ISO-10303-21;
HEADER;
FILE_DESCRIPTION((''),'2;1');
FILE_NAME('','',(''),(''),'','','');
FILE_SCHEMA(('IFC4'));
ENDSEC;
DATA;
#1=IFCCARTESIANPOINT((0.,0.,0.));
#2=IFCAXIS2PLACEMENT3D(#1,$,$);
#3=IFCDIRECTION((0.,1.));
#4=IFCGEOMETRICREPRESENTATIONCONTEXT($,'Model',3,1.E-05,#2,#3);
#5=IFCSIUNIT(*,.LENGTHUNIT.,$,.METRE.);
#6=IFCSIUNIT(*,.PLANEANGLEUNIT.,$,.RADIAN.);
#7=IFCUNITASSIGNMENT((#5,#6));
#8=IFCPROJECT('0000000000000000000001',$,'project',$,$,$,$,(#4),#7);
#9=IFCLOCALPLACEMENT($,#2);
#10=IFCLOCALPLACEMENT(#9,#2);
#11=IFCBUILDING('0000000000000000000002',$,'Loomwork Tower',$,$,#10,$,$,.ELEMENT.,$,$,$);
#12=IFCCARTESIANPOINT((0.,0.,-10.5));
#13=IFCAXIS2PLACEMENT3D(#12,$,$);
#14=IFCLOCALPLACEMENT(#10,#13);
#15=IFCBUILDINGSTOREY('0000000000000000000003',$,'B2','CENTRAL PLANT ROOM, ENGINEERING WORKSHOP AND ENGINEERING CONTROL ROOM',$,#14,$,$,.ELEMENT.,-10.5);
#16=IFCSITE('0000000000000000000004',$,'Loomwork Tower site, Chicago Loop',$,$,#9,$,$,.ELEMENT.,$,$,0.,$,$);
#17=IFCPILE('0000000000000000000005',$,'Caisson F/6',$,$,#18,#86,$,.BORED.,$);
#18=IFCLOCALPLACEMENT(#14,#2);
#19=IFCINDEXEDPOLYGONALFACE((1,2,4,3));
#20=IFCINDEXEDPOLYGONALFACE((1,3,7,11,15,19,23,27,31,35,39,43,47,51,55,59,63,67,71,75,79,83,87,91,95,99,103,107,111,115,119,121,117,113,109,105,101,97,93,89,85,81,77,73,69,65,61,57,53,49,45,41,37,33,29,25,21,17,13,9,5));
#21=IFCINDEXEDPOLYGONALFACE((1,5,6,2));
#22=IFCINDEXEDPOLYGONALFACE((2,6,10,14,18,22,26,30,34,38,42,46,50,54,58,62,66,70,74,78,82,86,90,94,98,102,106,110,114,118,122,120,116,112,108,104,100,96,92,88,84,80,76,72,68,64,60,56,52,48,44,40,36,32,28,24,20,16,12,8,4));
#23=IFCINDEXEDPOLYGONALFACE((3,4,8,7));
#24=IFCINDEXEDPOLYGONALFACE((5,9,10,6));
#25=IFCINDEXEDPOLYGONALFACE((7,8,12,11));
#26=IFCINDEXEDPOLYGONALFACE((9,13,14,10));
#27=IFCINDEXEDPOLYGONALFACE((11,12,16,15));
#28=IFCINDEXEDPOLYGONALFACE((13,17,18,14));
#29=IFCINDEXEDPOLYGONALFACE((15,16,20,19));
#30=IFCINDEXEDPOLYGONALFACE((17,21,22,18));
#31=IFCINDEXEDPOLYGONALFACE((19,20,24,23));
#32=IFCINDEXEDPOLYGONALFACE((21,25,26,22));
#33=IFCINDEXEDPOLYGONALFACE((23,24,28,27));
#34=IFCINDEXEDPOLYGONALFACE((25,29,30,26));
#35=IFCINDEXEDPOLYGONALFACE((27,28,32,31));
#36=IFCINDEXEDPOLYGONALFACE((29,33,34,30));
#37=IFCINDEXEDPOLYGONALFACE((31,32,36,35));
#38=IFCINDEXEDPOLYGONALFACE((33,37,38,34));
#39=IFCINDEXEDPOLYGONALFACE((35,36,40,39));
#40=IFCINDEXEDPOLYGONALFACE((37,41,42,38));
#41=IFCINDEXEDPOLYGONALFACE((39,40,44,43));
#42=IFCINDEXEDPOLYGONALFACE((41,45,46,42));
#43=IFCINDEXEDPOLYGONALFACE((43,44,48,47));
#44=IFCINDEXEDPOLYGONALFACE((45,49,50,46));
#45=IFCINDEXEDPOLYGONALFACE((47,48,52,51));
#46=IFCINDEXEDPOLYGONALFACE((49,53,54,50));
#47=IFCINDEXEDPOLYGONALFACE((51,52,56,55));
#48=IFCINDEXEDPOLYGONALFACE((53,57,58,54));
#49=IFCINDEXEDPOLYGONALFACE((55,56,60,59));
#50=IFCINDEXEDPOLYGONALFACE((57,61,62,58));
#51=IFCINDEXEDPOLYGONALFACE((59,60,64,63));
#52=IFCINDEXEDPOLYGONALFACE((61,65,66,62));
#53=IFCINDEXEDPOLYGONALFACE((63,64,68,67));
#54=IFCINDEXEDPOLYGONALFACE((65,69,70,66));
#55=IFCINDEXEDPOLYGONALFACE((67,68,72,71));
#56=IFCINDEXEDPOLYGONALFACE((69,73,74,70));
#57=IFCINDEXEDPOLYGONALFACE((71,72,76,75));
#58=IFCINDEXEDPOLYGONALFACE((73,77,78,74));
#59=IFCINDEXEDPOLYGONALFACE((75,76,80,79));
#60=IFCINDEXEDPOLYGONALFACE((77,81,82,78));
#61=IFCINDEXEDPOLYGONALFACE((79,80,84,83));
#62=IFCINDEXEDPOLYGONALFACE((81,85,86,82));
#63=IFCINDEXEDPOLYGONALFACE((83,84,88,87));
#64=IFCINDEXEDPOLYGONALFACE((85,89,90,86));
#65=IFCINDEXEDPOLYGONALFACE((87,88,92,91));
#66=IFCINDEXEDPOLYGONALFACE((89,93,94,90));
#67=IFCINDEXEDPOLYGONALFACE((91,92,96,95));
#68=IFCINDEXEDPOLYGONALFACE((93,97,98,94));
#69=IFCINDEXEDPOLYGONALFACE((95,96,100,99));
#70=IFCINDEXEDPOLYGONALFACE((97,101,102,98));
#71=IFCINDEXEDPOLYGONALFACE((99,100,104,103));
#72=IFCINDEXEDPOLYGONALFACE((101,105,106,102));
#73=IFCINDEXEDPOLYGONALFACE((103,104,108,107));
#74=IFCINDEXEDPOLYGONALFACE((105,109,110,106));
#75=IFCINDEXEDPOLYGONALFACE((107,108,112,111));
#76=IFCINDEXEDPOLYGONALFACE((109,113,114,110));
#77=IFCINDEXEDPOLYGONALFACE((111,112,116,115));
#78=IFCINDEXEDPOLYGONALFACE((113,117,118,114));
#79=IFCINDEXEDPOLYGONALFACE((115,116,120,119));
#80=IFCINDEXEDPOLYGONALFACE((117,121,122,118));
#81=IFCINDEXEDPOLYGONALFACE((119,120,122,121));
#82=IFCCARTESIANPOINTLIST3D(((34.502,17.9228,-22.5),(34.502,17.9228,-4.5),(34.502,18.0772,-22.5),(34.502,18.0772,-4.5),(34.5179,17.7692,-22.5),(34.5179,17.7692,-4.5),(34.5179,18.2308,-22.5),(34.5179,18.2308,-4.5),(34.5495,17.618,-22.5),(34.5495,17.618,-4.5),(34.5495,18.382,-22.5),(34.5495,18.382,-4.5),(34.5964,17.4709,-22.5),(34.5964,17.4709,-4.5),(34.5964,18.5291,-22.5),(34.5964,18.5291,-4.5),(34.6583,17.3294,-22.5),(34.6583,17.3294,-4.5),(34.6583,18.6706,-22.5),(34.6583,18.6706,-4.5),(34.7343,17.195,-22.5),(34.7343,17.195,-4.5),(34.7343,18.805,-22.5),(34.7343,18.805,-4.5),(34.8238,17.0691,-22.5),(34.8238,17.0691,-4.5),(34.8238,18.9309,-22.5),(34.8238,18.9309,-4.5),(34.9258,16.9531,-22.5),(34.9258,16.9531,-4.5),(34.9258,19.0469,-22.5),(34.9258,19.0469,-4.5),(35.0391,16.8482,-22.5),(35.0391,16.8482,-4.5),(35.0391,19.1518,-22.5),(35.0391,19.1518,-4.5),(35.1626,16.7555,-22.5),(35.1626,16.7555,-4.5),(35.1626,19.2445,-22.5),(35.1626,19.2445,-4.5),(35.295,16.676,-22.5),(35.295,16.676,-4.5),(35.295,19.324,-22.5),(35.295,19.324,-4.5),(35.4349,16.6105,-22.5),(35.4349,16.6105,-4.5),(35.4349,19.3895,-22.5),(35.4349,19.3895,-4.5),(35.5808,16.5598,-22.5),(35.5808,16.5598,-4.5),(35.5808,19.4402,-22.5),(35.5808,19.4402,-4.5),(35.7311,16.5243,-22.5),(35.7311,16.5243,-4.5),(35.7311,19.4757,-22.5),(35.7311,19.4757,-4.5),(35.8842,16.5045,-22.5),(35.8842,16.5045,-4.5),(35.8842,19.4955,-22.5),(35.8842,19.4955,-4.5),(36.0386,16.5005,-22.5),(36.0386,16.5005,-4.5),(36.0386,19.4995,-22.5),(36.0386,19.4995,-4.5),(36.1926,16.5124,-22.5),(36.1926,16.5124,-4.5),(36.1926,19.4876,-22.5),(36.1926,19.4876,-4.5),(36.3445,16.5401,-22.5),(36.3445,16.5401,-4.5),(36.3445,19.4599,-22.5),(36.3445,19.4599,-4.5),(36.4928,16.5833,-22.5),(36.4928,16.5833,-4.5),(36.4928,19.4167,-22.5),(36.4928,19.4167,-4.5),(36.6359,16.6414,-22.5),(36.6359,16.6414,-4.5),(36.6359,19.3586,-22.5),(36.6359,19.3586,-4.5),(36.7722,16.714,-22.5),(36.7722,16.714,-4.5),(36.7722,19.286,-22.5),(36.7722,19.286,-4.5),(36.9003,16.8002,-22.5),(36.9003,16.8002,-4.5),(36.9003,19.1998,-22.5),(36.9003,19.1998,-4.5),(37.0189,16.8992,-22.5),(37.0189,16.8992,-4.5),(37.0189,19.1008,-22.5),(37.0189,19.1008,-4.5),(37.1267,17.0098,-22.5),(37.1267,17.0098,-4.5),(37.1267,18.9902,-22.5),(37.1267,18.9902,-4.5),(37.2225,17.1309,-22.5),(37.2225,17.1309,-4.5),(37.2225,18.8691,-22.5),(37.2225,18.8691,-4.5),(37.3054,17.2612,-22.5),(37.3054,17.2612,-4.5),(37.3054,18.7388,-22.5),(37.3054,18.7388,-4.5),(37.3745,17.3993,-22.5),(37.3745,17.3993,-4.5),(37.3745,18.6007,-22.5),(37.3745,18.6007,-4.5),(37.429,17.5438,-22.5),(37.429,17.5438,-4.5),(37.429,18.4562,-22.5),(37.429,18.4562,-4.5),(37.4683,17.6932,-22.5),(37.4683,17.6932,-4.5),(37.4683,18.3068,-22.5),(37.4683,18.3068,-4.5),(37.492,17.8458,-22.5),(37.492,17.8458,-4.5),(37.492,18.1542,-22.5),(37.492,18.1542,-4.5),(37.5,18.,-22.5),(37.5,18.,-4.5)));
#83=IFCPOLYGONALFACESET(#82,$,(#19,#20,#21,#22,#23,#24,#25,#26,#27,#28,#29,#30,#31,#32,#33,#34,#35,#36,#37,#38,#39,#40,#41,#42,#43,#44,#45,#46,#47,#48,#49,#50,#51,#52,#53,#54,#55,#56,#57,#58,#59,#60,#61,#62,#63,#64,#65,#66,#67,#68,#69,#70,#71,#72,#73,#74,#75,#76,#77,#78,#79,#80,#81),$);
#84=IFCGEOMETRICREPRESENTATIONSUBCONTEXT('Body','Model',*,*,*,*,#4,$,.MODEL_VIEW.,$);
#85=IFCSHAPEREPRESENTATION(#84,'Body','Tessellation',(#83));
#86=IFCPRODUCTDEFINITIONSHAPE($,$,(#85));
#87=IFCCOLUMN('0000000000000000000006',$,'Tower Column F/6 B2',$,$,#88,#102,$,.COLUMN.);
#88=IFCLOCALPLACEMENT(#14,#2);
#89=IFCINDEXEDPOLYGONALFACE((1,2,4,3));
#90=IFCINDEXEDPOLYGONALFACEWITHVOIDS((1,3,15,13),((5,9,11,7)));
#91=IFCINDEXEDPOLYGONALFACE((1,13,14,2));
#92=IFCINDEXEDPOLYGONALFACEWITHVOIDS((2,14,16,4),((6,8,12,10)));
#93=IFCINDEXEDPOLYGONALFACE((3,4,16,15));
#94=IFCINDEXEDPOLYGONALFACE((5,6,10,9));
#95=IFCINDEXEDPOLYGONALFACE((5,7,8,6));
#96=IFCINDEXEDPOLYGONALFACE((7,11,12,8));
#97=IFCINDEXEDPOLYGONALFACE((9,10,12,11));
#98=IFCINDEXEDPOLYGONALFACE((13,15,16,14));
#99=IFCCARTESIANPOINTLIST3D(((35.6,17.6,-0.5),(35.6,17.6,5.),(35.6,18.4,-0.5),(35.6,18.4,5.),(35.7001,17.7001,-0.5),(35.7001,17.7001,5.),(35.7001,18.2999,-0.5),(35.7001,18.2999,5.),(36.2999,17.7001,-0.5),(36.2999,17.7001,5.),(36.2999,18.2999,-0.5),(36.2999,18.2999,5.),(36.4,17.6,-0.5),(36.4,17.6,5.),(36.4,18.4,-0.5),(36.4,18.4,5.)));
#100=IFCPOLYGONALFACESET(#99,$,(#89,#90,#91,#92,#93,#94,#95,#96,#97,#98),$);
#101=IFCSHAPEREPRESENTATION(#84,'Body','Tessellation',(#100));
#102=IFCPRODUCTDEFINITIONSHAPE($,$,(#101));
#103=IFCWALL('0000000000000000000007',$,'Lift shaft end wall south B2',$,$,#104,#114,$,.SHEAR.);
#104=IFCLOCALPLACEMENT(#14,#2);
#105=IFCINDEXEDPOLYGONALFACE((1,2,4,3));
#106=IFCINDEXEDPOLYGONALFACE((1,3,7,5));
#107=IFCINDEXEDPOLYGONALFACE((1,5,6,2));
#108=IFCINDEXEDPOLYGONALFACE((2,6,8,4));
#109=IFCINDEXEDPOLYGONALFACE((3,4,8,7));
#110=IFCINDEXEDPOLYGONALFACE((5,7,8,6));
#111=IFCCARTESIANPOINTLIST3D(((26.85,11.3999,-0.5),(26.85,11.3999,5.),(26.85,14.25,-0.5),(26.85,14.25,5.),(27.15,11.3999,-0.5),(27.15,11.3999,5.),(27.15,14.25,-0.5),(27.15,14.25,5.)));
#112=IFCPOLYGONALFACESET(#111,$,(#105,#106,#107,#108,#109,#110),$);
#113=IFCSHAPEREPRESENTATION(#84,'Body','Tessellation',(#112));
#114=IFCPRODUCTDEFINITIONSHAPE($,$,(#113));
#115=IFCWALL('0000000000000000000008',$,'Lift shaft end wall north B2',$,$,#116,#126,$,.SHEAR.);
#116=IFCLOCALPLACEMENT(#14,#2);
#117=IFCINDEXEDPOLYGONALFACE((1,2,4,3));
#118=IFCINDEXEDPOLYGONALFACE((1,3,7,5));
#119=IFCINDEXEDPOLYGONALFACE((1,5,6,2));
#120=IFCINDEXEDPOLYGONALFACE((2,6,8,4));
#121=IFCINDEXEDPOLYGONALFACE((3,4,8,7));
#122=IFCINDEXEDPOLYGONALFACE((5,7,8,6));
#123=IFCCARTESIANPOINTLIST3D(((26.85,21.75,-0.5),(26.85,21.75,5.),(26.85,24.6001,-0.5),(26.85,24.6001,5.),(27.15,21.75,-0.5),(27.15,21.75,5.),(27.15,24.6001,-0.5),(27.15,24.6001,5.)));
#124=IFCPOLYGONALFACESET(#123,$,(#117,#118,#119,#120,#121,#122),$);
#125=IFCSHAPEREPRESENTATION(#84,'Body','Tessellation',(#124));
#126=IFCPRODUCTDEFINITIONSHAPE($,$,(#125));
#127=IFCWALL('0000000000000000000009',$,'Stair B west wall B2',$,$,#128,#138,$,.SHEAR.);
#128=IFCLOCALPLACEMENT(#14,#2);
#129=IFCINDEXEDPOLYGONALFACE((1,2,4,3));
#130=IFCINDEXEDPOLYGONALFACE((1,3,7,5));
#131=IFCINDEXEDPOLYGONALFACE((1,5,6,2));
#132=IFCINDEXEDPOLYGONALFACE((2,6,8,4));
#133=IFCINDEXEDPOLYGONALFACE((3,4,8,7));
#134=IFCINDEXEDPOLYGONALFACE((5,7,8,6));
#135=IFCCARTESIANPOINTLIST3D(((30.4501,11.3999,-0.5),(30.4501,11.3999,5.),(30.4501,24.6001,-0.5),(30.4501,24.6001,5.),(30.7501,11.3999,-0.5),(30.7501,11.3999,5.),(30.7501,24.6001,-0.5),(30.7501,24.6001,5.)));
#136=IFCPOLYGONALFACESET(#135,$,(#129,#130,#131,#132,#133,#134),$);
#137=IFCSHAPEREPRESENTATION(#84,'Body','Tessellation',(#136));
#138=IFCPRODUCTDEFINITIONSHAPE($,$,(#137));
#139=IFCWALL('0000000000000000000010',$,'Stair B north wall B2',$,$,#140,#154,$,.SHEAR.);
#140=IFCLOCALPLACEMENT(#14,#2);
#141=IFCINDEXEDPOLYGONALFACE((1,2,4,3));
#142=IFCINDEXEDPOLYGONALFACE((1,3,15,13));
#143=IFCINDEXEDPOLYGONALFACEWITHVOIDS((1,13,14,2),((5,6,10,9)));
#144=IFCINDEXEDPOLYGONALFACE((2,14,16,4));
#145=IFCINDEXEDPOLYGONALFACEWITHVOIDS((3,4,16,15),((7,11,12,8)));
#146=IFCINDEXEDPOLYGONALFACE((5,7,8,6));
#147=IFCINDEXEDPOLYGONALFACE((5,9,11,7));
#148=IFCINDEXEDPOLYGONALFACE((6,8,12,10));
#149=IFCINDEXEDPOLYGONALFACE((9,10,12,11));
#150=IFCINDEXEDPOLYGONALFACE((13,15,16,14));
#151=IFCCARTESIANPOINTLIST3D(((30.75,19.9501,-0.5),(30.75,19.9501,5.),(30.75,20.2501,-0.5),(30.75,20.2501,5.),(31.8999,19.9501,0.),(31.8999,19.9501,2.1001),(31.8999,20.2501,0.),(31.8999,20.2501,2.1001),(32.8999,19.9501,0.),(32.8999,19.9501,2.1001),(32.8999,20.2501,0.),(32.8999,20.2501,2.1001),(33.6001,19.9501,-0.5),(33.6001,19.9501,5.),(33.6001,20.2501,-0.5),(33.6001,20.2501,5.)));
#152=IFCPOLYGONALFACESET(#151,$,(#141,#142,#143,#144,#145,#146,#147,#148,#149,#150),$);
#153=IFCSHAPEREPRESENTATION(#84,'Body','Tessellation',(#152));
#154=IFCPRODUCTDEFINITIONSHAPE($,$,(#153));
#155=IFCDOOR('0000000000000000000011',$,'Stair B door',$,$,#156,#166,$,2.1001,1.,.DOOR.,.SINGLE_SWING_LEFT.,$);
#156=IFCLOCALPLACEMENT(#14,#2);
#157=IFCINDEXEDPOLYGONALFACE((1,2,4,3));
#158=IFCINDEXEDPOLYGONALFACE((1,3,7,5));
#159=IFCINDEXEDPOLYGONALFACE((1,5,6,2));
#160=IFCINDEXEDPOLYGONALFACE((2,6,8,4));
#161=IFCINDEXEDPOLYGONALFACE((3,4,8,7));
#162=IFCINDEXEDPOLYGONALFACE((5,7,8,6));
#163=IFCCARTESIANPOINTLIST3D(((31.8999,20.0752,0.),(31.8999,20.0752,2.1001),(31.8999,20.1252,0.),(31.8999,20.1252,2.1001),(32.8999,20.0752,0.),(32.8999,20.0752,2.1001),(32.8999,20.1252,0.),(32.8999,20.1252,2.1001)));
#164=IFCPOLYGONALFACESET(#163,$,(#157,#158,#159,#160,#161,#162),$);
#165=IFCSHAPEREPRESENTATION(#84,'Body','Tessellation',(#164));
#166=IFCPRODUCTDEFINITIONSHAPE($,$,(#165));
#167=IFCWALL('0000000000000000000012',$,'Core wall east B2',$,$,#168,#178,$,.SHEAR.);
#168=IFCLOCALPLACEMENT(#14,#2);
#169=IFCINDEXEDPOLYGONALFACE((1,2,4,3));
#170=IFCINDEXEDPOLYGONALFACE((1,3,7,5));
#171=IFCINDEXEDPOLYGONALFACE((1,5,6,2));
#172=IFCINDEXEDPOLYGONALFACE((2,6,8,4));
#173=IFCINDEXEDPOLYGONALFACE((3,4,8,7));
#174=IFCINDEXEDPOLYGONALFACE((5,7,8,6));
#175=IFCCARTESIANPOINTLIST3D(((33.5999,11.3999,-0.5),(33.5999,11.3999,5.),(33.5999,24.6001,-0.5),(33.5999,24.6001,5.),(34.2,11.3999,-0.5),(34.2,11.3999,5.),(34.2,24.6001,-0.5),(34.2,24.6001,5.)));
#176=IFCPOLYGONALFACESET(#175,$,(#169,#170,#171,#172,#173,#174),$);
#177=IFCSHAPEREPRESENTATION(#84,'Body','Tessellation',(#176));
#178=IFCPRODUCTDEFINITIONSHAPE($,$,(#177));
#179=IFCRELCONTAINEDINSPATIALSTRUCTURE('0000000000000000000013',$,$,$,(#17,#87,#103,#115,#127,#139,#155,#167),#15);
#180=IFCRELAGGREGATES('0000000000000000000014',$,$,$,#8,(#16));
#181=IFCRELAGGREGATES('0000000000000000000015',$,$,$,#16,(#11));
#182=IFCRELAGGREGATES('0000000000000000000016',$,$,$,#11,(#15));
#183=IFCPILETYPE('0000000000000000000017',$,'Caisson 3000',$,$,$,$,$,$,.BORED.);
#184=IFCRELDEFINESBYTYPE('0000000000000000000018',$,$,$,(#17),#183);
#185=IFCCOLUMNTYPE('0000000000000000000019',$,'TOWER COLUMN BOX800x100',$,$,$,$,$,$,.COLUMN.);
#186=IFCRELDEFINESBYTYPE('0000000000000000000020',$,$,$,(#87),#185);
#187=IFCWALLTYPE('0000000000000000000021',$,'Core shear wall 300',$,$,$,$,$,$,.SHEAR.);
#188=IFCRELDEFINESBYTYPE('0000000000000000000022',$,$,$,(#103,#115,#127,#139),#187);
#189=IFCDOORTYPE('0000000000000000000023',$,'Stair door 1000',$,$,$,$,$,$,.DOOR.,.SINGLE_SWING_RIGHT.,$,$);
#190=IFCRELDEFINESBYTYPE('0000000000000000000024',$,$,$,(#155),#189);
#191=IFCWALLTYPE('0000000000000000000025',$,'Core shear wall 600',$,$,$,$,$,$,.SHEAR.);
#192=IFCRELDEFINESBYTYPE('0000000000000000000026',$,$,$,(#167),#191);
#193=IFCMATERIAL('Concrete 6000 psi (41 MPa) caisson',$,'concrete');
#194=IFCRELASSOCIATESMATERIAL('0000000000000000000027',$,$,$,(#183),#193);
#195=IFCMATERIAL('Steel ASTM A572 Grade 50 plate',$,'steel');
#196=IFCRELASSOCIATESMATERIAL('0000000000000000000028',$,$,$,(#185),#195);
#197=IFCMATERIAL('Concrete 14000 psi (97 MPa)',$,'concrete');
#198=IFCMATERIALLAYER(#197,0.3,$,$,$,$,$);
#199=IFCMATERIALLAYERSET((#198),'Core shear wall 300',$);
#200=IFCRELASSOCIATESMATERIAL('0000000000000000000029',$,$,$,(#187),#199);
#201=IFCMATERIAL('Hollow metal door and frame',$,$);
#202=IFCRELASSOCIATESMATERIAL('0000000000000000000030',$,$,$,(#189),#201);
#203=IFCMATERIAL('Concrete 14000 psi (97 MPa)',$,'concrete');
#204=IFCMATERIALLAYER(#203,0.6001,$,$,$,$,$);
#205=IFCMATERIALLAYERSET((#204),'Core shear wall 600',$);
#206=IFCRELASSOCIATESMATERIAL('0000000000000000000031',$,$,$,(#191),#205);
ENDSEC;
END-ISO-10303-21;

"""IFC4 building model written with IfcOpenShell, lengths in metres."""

from ifc_helpers import new_model, si_unit, direction, frame, frame_2d, origin, origin_2d, place, context, subcontext, project, spatial, rectangle, hollow_rectangle, circle, extrude, material, layer, layer_set, material_profile, profile_set, type_object, element, fill, save


model = new_model("IFC4")

# Units and contexts
model_context = context("Model", 3, precision=1e-05, world=origin(), true_north=direction((0.0, 1.0)))
body_context = subcontext(model_context, "Body", "Model", "MODEL_VIEW")
ifc_project = project(units=[si_unit("LENGTHUNIT", "METRE"), si_unit("PLANEANGLEUNIT", "RADIAN")], contexts=[model_context])

# Site, building, storey
site_placement = place(None, origin())
site = spatial("IfcSite", under=ifc_project, at=site_placement, Name="Loomwork Tower site, Chicago Loop", CompositionType="ELEMENT", RefElevation=0.0)
building_placement = place(site_placement, origin())
building = spatial("IfcBuilding", under=site, at=building_placement, Name="Loomwork Tower", CompositionType="ELEMENT")
storey_placement = place(building_placement, frame((0.0, 0.0, -10.5)))
storey = spatial("IfcBuildingStorey", under=building, at=storey_placement, Name="B2", Description="CENTRAL PLANT ROOM, ENGINEERING WORKSHOP AND ENGINEERING CONTROL ROOM", CompositionType="ELEMENT", Elevation=-10.5)

# Pile
ifc_material_1 = material(Name="Concrete 6000 psi (41 MPa) caisson", Category="concrete")
ifc_material_profile_1 = material_profile(ifc_material_1, circle(Radius=1.5, at=origin_2d()), Name="D3000")
ifc_profile_set_1 = profile_set([ifc_material_profile_1], Name="Concrete 6000 psi (41 MPa) caisson")
pile_type = type_object("IfcPileType", Name="Caisson 3000", PredefinedType="BORED", material=ifc_profile_set_1)
pile_placement = place(storey_placement, frame((36.0, 18.0, -4.5), z_axis=(0.0, 0.0, -1.0), x_axis=(1.0, 0.0, 0.0)))
element("IfcPile", 1, at=pile_placement, inside=storey, type_object=pile_type, Name="Caisson F/6", PredefinedType="BORED", context=body_context, shape_type="SweptSolid", body=[
    extrude(circle(Radius=1.5, at=origin_2d()), origin(), (0.0, 0.0, 1.0), 18.0),
])

# Column
ifc_material_2 = material(Name="Steel ASTM A572 Grade 50 plate", Category="steel")
ifc_material_profile_2 = material_profile(ifc_material_2, hollow_rectangle(XDim=0.8, YDim=0.8, WallThickness=0.1001, at=origin_2d()), Name="BOX800x100")
ifc_profile_set_2 = profile_set([ifc_material_profile_2], Name="Steel ASTM A572 Grade 50 plate")
column_type = type_object("IfcColumnType", Name="TOWER COLUMN BOX800x100", PredefinedType="COLUMN", material=ifc_profile_set_2)
column_placement = place(storey_placement, frame((36.0, 18.0, -0.5), z_axis=(0.0, 0.0, 1.0), x_axis=(0.0, 1.0, 0.0)))
element("IfcColumn", 2, at=column_placement, inside=storey, type_object=column_type, Name="Tower Column F/6 B2", PredefinedType="COLUMN", context=body_context, shape_type="SweptSolid", body=[
    extrude(hollow_rectangle(XDim=0.8, YDim=0.8, WallThickness=0.1001, at=origin_2d()), origin(), (0.0, 0.0, 1.0), 5.5),
])

# Walls
ifc_material_3 = material(Name="Concrete 14000 psi (97 MPa)", Category="concrete")
ifc_layer_1 = layer(ifc_material_3, 0.3)
ifc_layer_set_1 = layer_set([ifc_layer_1], Name="Core shear wall 300")
wall_type_1 = type_object("IfcWallType", Name="Core shear wall 300", PredefinedType="SHEAR", material=ifc_layer_set_1)
for number, where, z_axis, x_axis, name in (
    (3, (27.0, 11.3999, -0.5), (0.0, 0.0, 1.0), (0.0, 1.0, 0.0), "Lift shaft end wall south B2"),
    (4, (27.0, 21.75, -0.5), (0.0, 0.0, 1.0), (0.0, 1.0, 0.0), "Lift shaft end wall north B2"),
):
    element("IfcWall", number, at=place(storey_placement, frame(where, z_axis=z_axis, x_axis=x_axis)), inside=storey, type_object=wall_type_1, Name=name, PredefinedType="SHEAR", context=body_context, shape_type="SweptSolid", body=[
        extrude(rectangle(XDim=2.8501, YDim=0.3, at=frame_2d((1.425, 0.0))), origin(), (0.0, 0.0, 1.0), 5.5),
    ])
wall_1_placement = place(storey_placement, frame((30.6001, 11.3999, -0.5), z_axis=(0.0, 0.0, 1.0), x_axis=(0.0, 1.0, 0.0)))
element("IfcWall", 5, at=wall_1_placement, inside=storey, type_object=wall_type_1, Name="Stair B west wall B2", PredefinedType="SHEAR", context=body_context, shape_type="SweptSolid", body=[
    extrude(rectangle(XDim=13.2002, YDim=0.3, at=frame_2d((6.6001, 0.0))), origin(), (0.0, 0.0, 1.0), 5.5),
])

# Wall, opening, door
wall_2_placement = place(storey_placement, frame((30.75, 20.1001, -0.5), z_axis=(0.0, 0.0, 1.0), x_axis=(1.0, 0.0, 0.0)))
wall_2 = element("IfcWall", 6, at=wall_2_placement, inside=storey, type_object=wall_type_1, Name="Stair B north wall B2", PredefinedType="SHEAR", context=body_context, shape_type="SweptSolid", body=[
    extrude(rectangle(XDim=2.8501, YDim=0.3, at=frame_2d((1.425, 0.0))), origin(), (0.0, 0.0, 1.0), 5.5),
])
opening_1_placement = place(wall_2_placement, frame((1.1499, 0.0, 0.5)))
opening_1 = element("IfcOpeningElement", 7, at=opening_1_placement, cuts=wall_2, PredefinedType="OPENING", context=body_context, shape_type="SweptSolid", body=[
    extrude(rectangle(XDim=1.0, YDim=2.1001, at=frame_2d((0.5, 1.05))), frame((0.0, 0.1599, 0.0), z_axis=(0.0, -1.0, 0.0), x_axis=(1.0, 0.0, 0.0)), (0.0, 0.0, 1.0), 0.3201),
])
ifc_material_4 = material(Name="Hollow metal door and frame")
door_type_1 = type_object("IfcDoorType", Name="Stair door 1000", OperationType="SINGLE_SWING_RIGHT", PredefinedType="DOOR", material=ifc_material_4)
door_1_placement = place(opening_1_placement, frame((1.0, 0.0, 0.0), z_axis=(0.0, 0.0, 1.0), x_axis=(-1.0, 0.0, 0.0)))
door_1 = element("IfcDoor", 8, at=door_1_placement, inside=storey, type_object=door_type_1, Name="Stair B door", OperationType="SINGLE_SWING_LEFT", OverallHeight=2.1001, OverallWidth=1.0, PredefinedType="DOOR", context=body_context, shape_type="SweptSolid", body=[
    extrude(rectangle(XDim=1.0, YDim=2.1001, at=frame_2d((0.5, 1.05))), frame((0.0, 0.0249, 0.0), z_axis=(0.0, -1.0, 0.0), x_axis=(1.0, 0.0, 0.0)), (0.0, 0.0, 1.0), 0.05),
])
fill(opening_1, door_1)

# Wall
ifc_material_5 = material(Name="Concrete 14000 psi (97 MPa)", Category="concrete")
ifc_layer_2 = layer(ifc_material_5, 0.6001)
ifc_layer_set_2 = layer_set([ifc_layer_2], Name="Core shear wall 600")
wall_type_2 = type_object("IfcWallType", Name="Core shear wall 600", PredefinedType="SHEAR", material=ifc_layer_set_2)
wall_3_placement = place(storey_placement, frame((33.8999, 11.3999, -0.5), z_axis=(0.0, 0.0, 1.0), x_axis=(0.0, 1.0, 0.0)))
element("IfcWall", 9, at=wall_3_placement, inside=storey, type_object=wall_type_2, Name="Core wall east B2", PredefinedType="SHEAR", context=body_context, shape_type="SweptSolid", body=[
    extrude(rectangle(XDim=13.2002, YDim=0.6001, at=frame_2d((6.6001, 0.0))), origin(), (0.0, 0.0, 1.0), 5.5),
])

save(model, "model.ifc")
